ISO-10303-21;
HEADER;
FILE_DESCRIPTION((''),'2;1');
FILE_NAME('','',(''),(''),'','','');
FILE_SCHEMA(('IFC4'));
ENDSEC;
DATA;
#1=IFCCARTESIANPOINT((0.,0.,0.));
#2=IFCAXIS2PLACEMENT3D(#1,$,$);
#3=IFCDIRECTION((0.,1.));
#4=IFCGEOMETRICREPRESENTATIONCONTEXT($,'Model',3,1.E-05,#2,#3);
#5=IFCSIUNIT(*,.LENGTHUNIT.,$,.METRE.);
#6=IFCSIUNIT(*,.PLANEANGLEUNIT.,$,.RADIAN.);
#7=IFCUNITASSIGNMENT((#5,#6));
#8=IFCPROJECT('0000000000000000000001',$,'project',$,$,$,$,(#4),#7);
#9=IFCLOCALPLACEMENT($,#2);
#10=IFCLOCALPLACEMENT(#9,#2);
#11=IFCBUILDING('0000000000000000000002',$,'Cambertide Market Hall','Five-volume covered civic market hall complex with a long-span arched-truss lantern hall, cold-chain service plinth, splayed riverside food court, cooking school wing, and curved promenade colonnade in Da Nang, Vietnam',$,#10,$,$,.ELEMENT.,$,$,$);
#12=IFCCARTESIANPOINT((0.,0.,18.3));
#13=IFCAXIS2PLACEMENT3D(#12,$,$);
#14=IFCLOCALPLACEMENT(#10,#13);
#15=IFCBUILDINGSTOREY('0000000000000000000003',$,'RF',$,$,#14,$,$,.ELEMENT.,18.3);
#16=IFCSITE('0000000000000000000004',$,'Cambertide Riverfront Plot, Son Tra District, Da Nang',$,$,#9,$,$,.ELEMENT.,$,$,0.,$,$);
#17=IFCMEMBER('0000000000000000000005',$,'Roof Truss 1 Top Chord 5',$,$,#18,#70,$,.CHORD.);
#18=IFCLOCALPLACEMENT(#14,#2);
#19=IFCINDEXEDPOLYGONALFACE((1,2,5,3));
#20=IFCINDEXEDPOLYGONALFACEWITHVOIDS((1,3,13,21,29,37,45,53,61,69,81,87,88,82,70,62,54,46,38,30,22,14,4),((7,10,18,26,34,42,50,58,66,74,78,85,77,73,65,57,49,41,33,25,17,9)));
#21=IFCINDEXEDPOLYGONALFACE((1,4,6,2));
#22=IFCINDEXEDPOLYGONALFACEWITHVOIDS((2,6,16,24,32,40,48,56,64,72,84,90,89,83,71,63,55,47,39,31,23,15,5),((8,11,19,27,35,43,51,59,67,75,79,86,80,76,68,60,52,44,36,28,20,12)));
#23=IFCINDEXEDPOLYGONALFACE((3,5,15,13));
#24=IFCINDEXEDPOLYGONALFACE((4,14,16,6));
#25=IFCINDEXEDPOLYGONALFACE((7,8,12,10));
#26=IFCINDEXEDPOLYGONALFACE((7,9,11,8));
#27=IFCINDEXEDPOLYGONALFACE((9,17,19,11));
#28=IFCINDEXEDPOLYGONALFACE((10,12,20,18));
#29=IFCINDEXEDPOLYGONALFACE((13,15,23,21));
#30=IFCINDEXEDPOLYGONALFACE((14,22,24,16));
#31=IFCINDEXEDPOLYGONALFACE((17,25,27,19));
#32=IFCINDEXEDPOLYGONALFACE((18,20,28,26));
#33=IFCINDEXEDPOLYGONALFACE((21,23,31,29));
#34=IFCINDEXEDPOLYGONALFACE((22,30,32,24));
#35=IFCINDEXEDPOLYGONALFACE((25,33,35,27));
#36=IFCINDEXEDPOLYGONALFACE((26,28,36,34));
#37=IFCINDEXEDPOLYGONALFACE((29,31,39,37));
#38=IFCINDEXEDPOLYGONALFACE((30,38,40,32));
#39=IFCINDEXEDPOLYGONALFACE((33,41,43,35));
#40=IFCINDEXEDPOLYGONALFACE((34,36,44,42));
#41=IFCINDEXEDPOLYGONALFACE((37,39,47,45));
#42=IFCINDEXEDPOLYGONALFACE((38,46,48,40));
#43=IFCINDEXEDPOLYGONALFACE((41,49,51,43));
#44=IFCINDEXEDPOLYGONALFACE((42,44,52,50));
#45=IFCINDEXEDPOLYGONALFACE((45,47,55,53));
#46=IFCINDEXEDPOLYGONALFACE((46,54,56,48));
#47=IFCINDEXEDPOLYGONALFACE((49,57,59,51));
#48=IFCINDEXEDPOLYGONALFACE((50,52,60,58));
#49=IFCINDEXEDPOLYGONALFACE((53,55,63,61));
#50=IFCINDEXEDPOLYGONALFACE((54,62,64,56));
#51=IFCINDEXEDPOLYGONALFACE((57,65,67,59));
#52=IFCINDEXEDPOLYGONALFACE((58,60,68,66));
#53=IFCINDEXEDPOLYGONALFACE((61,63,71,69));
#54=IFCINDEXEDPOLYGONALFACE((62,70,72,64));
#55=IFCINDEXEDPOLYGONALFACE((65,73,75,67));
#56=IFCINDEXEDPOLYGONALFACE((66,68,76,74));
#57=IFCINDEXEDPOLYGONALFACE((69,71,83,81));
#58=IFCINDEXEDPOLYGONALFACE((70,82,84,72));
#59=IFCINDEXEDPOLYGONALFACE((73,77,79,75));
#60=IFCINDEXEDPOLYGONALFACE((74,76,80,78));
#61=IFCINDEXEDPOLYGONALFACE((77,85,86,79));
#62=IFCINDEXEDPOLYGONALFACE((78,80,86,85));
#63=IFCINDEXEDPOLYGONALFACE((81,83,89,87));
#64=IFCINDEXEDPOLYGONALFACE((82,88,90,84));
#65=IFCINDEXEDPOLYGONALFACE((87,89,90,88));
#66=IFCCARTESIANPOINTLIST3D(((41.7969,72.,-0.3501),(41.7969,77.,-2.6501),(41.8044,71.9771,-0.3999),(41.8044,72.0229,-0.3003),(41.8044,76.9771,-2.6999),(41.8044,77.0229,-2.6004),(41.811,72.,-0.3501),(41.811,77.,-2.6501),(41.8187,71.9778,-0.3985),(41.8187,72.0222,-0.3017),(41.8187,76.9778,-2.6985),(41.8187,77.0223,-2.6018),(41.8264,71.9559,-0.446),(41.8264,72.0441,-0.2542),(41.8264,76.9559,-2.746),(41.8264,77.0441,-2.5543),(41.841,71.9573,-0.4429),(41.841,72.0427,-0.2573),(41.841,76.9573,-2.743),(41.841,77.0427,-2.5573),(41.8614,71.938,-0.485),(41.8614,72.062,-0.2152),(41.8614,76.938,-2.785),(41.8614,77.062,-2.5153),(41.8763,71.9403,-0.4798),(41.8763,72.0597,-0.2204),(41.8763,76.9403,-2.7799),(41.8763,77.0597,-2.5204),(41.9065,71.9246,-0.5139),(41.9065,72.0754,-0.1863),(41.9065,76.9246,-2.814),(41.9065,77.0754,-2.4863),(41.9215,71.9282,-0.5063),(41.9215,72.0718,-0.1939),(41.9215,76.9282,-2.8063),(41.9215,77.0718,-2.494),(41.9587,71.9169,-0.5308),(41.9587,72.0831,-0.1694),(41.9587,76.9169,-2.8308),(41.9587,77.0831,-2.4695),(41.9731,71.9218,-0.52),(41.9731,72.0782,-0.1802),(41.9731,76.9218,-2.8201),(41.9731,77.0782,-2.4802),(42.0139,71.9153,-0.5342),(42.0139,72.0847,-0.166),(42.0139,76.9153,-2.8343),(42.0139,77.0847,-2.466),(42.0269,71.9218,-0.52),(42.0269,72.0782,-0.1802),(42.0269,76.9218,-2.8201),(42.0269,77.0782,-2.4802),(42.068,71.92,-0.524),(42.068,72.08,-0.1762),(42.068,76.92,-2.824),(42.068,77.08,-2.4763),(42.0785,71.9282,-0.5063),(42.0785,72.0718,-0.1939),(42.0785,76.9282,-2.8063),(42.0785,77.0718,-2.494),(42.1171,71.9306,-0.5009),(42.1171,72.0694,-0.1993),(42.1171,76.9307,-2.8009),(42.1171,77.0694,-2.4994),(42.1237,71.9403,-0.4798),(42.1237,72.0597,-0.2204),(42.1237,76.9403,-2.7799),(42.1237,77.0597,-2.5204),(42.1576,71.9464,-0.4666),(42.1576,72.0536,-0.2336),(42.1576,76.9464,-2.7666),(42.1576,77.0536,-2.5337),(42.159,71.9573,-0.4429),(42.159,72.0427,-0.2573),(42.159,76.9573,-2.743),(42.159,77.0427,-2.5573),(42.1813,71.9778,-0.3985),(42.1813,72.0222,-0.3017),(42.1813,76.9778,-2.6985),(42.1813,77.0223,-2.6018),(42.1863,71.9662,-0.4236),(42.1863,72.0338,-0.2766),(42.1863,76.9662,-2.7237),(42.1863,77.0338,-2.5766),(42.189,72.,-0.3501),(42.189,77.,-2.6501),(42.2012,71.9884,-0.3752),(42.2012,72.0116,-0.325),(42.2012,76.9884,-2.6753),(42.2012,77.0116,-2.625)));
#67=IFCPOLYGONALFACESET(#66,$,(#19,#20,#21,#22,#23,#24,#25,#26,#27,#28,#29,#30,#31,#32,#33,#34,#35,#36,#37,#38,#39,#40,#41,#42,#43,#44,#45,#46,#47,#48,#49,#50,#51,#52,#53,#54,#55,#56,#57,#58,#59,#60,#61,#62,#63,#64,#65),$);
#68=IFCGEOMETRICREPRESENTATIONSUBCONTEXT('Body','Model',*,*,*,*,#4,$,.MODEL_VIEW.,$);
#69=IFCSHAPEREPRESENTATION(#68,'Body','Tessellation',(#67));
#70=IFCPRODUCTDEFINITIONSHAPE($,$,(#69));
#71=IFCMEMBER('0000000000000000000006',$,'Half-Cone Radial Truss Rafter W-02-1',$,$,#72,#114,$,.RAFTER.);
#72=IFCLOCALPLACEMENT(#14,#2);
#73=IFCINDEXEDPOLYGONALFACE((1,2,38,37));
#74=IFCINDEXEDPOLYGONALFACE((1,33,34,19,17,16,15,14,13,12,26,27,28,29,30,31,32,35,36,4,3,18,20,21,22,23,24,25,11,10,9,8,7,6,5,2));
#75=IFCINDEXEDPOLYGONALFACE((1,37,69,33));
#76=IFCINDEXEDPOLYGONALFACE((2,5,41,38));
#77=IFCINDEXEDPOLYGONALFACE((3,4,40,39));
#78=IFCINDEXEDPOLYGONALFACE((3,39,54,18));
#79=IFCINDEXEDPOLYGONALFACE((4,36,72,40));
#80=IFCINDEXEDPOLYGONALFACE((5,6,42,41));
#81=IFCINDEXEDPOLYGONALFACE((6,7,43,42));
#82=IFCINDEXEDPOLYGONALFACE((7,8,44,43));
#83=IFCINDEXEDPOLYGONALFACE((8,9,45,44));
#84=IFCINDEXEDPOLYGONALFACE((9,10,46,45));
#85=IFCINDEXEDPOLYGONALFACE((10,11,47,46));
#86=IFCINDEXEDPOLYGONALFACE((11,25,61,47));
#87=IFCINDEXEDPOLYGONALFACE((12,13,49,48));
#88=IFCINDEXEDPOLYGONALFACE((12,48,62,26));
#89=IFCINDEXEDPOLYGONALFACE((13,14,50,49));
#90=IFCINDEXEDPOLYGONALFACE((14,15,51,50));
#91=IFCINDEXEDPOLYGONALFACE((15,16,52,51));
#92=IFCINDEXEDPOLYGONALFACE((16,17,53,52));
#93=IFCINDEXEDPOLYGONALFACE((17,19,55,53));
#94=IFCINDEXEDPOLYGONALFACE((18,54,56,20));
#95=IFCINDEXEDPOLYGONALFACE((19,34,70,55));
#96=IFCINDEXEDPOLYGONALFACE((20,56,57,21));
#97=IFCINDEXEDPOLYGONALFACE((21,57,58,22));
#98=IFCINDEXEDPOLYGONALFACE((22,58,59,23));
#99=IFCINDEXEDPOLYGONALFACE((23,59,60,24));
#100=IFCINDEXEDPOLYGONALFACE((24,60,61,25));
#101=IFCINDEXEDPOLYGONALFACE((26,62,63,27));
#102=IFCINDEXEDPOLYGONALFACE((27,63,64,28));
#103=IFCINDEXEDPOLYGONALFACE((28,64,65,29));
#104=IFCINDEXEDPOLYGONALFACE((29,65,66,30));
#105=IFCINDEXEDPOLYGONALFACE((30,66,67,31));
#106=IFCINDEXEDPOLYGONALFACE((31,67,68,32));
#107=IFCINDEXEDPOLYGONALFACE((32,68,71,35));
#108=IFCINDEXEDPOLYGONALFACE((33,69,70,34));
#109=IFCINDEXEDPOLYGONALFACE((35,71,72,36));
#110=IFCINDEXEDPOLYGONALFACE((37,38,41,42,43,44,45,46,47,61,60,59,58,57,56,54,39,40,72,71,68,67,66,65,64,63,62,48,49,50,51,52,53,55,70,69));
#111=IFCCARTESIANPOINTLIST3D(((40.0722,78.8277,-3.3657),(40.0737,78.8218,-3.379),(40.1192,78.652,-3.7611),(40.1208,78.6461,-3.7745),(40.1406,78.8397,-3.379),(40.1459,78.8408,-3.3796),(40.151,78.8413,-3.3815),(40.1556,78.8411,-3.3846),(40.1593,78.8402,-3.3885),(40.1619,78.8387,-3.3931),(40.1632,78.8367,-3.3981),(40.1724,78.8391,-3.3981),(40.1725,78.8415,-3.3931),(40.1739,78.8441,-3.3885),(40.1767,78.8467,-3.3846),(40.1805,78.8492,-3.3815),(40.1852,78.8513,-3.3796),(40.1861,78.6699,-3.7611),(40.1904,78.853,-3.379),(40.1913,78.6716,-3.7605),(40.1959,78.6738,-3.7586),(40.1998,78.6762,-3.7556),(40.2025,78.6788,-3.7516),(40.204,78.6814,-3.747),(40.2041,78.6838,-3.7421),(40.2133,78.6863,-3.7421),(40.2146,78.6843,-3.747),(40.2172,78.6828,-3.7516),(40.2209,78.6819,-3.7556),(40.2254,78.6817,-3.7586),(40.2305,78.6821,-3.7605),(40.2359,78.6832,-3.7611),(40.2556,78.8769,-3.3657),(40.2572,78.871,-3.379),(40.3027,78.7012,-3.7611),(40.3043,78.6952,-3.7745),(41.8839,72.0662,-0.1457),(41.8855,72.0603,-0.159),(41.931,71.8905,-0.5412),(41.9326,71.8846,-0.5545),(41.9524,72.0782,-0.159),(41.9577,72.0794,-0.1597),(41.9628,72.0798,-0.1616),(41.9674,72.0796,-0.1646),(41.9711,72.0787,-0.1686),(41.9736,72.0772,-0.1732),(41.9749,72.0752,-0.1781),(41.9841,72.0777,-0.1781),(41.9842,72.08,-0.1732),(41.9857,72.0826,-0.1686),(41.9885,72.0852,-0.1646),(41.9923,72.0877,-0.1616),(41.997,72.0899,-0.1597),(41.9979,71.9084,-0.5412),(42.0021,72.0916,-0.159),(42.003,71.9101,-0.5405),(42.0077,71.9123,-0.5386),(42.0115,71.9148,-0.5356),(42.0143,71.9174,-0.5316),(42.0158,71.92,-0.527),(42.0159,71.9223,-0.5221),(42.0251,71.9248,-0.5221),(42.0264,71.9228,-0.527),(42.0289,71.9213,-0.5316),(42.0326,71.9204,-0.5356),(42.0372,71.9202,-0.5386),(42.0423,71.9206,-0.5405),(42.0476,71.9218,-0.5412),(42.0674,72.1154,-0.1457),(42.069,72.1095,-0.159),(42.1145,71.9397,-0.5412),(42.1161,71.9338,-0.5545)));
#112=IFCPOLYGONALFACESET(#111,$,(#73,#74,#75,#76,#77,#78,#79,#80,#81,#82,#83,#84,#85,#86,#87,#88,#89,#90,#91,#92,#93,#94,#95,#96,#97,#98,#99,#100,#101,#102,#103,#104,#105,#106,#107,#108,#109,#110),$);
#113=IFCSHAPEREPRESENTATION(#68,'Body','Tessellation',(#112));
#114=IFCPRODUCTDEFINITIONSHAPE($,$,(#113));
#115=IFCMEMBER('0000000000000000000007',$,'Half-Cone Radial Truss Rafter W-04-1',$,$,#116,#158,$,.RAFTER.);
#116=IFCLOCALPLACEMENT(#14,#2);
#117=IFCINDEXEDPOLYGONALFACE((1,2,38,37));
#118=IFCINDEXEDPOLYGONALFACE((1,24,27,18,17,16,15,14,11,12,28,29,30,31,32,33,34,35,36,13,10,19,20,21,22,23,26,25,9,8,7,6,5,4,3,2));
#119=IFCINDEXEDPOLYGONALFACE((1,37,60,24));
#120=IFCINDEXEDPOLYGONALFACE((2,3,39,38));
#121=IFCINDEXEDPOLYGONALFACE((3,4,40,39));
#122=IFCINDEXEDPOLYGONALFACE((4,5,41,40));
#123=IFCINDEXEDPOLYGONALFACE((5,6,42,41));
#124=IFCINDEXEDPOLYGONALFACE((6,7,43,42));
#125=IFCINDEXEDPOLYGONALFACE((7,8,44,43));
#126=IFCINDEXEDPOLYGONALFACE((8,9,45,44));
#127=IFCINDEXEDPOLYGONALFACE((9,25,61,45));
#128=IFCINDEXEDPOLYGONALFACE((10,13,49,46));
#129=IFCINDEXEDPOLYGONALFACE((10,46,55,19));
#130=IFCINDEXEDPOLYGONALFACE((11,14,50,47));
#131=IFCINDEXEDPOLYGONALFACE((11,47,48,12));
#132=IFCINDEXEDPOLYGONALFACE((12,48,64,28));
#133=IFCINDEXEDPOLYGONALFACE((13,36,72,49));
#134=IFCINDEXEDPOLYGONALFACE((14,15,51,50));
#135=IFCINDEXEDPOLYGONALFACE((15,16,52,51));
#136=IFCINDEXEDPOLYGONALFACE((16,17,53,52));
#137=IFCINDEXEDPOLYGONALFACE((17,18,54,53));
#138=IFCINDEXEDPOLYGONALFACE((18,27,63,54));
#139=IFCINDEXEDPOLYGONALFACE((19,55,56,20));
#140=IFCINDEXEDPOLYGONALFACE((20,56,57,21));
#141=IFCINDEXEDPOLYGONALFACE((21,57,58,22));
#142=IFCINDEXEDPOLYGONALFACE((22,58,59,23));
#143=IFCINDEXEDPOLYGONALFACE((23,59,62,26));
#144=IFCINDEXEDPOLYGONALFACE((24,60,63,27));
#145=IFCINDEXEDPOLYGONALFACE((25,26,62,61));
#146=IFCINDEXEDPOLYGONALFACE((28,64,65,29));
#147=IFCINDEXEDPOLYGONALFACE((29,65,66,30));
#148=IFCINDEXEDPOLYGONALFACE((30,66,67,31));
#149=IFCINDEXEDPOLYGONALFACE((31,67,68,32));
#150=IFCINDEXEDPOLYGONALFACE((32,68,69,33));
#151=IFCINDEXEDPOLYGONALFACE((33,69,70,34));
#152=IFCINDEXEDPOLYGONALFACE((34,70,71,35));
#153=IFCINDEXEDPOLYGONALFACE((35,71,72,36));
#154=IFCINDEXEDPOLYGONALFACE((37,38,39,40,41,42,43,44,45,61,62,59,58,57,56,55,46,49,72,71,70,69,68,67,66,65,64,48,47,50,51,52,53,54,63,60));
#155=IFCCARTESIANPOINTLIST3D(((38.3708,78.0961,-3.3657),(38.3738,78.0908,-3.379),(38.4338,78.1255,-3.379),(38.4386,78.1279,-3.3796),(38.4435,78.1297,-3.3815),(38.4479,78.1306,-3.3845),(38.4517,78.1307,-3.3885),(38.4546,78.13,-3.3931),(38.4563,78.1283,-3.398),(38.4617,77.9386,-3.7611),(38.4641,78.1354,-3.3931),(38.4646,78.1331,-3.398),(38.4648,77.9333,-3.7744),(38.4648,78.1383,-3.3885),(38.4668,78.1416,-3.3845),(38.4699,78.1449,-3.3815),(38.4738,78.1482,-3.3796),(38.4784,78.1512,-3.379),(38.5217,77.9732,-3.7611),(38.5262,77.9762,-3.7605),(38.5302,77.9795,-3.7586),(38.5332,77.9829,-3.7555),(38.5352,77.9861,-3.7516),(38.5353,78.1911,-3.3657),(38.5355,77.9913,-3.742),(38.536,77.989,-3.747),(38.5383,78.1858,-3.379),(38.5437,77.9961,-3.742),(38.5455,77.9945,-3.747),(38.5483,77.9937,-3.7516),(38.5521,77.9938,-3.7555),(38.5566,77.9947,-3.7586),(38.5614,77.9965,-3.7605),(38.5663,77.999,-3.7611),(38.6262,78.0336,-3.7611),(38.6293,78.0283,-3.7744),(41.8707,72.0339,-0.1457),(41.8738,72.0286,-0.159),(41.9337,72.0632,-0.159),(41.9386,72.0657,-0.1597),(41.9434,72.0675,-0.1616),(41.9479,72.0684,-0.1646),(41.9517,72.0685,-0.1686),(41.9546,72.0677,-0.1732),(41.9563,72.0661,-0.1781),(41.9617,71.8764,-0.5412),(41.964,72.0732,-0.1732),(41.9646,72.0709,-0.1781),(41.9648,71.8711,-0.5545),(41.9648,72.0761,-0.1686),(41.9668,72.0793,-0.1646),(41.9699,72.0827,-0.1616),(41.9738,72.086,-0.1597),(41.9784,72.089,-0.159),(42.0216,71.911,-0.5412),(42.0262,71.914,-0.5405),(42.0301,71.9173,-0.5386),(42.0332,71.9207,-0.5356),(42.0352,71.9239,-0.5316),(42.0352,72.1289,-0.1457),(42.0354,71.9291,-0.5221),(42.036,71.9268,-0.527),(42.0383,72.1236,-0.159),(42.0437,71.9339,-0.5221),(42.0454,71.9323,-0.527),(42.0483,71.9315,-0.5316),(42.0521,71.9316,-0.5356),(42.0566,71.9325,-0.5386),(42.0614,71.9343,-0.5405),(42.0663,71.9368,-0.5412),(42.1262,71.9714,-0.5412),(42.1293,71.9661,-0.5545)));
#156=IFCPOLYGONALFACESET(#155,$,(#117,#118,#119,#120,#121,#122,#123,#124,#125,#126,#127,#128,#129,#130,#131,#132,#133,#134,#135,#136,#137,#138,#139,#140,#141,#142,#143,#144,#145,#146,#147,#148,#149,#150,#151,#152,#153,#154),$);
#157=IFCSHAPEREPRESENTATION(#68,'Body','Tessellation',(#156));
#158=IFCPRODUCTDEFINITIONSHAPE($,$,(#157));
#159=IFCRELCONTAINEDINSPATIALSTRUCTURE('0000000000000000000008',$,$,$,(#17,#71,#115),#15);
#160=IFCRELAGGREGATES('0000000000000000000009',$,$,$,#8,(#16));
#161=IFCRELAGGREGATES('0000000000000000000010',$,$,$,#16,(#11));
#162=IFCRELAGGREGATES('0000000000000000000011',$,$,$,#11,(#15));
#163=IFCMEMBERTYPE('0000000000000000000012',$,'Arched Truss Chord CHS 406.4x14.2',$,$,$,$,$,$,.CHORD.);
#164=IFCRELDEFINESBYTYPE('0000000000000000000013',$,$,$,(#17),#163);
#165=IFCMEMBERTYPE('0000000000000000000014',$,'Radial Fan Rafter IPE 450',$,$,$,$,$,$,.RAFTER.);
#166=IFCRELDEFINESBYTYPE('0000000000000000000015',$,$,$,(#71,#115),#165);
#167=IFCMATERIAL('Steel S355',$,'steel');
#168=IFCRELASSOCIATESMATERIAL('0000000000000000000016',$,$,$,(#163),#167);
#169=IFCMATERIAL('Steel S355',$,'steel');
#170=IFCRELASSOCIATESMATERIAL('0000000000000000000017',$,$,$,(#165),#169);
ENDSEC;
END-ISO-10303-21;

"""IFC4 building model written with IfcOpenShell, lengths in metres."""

from ifc_helpers import new_model, si_unit, direction, frame, origin, origin_2d, place, context, subcontext, project, spatial, hollow_circle, i_section, extrude, material, material_profile, profile_set, type_object, element, save


model = new_model("IFC4")

# Units and contexts
model_context = context("Model", 3, precision=1e-05, world=origin(), true_north=direction((0.0, 1.0)))
body_context = subcontext(model_context, "Body", "Model", "MODEL_VIEW")
ifc_project = project(units=[si_unit("LENGTHUNIT", "METRE"), si_unit("PLANEANGLEUNIT", "RADIAN")], contexts=[model_context])

# Site, building, storey
site_placement = place(None, origin())
site = spatial("IfcSite", under=ifc_project, at=site_placement, Name="Cambertide Riverfront Plot, Son Tra District, Da Nang", CompositionType="ELEMENT", RefElevation=0.0)
building_placement = place(site_placement, origin())
building = spatial("IfcBuilding", under=site, at=building_placement, Name="Cambertide Market Hall", Description="Five-volume covered civic market hall complex with a long-span arched-truss lantern hall, cold-chain service plinth, splayed riverside food court, cooking school wing, and curved promenade colonnade in Da Nang, Vietnam", CompositionType="ELEMENT")
storey_placement = place(building_placement, frame((0.0, 0.0, 18.3)))
storey = spatial("IfcBuildingStorey", under=building, at=storey_placement, Name="RF", CompositionType="ELEMENT", Elevation=18.3)

# Members
ifc_material_1 = material(Name="Steel S355", Category="steel")
ifc_material_profile_1 = material_profile(ifc_material_1, hollow_circle(Radius=0.2031, WallThickness=0.0142, at=origin_2d()), Name="CHS 406.4x14.2")
ifc_profile_set_1 = profile_set([ifc_material_profile_1], Name="Steel S355")
member_type_1 = type_object("IfcMemberType", Name="Arched Truss Chord CHS 406.4x14.2", PredefinedType="CHORD", material=ifc_profile_set_1)
for number, where, z_axis, x_axis, name in (
    (1, (42.0, 72.0, -0.3501), (0.0, 0.908487, -0.417913), (-1.0, 0.0, 0.0), "Roof Truss 1 Top Chord 5"),
):
    element("IfcMember", number, at=place(storey_placement, frame(where, z_axis=z_axis, x_axis=x_axis)), inside=storey, type_object=member_type_1, Name=name, PredefinedType="CHORD", context=body_context, shape_type="SweptSolid", body=[
        extrude(hollow_circle(Radius=0.2031, WallThickness=0.0142, at=origin_2d()), origin(), (0.0, 0.0, 1.0), 5.5037),
    ])
ifc_material_2 = material(Name="Steel S355", Category="steel")
ifc_material_profile_2 = material_profile(ifc_material_2, i_section(OverallWidth=0.1899, OverallDepth=0.45, WebThickness=0.0095, FlangeThickness=0.0146, FilletRadius=0.021, at=origin_2d()), Name="IPE 450")
ifc_profile_set_2 = profile_set([ifc_material_profile_2], Name="Steel S355")
member_type_2 = type_object("IfcMemberType", Name="Radial Fan Rafter IPE 450", PredefinedType="RAFTER", material=ifc_profile_set_2)
for number, where, z_axis, x_axis, name in (
    (2, (42.0, 72.0, -0.3501), (-0.235139, 0.877535, -0.417902), (-0.965925, -0.258824, 0.0), "Half-Cone Radial Truss Rafter W-02-1"),
    (3, (42.0, 72.0, -0.3501), (-0.454242, 0.786781, -0.417899), (-0.866028, -0.499995, 0.0), "Half-Cone Radial Truss Rafter W-04-1"),
):
    element("IfcMember", number, at=place(storey_placement, frame(where, z_axis=z_axis, x_axis=x_axis)), inside=storey, type_object=member_type_2, Name=name, PredefinedType="RAFTER", context=body_context, shape_type="SweptSolid", body=[
        extrude(i_section(OverallWidth=0.1899, OverallDepth=0.45, WebThickness=0.0095, FlangeThickness=0.0146, FilletRadius=0.021, at=origin_2d()), origin(), (0.0, 0.0, 1.0), 7.7051),
    ])

save(model, "model.ifc")
